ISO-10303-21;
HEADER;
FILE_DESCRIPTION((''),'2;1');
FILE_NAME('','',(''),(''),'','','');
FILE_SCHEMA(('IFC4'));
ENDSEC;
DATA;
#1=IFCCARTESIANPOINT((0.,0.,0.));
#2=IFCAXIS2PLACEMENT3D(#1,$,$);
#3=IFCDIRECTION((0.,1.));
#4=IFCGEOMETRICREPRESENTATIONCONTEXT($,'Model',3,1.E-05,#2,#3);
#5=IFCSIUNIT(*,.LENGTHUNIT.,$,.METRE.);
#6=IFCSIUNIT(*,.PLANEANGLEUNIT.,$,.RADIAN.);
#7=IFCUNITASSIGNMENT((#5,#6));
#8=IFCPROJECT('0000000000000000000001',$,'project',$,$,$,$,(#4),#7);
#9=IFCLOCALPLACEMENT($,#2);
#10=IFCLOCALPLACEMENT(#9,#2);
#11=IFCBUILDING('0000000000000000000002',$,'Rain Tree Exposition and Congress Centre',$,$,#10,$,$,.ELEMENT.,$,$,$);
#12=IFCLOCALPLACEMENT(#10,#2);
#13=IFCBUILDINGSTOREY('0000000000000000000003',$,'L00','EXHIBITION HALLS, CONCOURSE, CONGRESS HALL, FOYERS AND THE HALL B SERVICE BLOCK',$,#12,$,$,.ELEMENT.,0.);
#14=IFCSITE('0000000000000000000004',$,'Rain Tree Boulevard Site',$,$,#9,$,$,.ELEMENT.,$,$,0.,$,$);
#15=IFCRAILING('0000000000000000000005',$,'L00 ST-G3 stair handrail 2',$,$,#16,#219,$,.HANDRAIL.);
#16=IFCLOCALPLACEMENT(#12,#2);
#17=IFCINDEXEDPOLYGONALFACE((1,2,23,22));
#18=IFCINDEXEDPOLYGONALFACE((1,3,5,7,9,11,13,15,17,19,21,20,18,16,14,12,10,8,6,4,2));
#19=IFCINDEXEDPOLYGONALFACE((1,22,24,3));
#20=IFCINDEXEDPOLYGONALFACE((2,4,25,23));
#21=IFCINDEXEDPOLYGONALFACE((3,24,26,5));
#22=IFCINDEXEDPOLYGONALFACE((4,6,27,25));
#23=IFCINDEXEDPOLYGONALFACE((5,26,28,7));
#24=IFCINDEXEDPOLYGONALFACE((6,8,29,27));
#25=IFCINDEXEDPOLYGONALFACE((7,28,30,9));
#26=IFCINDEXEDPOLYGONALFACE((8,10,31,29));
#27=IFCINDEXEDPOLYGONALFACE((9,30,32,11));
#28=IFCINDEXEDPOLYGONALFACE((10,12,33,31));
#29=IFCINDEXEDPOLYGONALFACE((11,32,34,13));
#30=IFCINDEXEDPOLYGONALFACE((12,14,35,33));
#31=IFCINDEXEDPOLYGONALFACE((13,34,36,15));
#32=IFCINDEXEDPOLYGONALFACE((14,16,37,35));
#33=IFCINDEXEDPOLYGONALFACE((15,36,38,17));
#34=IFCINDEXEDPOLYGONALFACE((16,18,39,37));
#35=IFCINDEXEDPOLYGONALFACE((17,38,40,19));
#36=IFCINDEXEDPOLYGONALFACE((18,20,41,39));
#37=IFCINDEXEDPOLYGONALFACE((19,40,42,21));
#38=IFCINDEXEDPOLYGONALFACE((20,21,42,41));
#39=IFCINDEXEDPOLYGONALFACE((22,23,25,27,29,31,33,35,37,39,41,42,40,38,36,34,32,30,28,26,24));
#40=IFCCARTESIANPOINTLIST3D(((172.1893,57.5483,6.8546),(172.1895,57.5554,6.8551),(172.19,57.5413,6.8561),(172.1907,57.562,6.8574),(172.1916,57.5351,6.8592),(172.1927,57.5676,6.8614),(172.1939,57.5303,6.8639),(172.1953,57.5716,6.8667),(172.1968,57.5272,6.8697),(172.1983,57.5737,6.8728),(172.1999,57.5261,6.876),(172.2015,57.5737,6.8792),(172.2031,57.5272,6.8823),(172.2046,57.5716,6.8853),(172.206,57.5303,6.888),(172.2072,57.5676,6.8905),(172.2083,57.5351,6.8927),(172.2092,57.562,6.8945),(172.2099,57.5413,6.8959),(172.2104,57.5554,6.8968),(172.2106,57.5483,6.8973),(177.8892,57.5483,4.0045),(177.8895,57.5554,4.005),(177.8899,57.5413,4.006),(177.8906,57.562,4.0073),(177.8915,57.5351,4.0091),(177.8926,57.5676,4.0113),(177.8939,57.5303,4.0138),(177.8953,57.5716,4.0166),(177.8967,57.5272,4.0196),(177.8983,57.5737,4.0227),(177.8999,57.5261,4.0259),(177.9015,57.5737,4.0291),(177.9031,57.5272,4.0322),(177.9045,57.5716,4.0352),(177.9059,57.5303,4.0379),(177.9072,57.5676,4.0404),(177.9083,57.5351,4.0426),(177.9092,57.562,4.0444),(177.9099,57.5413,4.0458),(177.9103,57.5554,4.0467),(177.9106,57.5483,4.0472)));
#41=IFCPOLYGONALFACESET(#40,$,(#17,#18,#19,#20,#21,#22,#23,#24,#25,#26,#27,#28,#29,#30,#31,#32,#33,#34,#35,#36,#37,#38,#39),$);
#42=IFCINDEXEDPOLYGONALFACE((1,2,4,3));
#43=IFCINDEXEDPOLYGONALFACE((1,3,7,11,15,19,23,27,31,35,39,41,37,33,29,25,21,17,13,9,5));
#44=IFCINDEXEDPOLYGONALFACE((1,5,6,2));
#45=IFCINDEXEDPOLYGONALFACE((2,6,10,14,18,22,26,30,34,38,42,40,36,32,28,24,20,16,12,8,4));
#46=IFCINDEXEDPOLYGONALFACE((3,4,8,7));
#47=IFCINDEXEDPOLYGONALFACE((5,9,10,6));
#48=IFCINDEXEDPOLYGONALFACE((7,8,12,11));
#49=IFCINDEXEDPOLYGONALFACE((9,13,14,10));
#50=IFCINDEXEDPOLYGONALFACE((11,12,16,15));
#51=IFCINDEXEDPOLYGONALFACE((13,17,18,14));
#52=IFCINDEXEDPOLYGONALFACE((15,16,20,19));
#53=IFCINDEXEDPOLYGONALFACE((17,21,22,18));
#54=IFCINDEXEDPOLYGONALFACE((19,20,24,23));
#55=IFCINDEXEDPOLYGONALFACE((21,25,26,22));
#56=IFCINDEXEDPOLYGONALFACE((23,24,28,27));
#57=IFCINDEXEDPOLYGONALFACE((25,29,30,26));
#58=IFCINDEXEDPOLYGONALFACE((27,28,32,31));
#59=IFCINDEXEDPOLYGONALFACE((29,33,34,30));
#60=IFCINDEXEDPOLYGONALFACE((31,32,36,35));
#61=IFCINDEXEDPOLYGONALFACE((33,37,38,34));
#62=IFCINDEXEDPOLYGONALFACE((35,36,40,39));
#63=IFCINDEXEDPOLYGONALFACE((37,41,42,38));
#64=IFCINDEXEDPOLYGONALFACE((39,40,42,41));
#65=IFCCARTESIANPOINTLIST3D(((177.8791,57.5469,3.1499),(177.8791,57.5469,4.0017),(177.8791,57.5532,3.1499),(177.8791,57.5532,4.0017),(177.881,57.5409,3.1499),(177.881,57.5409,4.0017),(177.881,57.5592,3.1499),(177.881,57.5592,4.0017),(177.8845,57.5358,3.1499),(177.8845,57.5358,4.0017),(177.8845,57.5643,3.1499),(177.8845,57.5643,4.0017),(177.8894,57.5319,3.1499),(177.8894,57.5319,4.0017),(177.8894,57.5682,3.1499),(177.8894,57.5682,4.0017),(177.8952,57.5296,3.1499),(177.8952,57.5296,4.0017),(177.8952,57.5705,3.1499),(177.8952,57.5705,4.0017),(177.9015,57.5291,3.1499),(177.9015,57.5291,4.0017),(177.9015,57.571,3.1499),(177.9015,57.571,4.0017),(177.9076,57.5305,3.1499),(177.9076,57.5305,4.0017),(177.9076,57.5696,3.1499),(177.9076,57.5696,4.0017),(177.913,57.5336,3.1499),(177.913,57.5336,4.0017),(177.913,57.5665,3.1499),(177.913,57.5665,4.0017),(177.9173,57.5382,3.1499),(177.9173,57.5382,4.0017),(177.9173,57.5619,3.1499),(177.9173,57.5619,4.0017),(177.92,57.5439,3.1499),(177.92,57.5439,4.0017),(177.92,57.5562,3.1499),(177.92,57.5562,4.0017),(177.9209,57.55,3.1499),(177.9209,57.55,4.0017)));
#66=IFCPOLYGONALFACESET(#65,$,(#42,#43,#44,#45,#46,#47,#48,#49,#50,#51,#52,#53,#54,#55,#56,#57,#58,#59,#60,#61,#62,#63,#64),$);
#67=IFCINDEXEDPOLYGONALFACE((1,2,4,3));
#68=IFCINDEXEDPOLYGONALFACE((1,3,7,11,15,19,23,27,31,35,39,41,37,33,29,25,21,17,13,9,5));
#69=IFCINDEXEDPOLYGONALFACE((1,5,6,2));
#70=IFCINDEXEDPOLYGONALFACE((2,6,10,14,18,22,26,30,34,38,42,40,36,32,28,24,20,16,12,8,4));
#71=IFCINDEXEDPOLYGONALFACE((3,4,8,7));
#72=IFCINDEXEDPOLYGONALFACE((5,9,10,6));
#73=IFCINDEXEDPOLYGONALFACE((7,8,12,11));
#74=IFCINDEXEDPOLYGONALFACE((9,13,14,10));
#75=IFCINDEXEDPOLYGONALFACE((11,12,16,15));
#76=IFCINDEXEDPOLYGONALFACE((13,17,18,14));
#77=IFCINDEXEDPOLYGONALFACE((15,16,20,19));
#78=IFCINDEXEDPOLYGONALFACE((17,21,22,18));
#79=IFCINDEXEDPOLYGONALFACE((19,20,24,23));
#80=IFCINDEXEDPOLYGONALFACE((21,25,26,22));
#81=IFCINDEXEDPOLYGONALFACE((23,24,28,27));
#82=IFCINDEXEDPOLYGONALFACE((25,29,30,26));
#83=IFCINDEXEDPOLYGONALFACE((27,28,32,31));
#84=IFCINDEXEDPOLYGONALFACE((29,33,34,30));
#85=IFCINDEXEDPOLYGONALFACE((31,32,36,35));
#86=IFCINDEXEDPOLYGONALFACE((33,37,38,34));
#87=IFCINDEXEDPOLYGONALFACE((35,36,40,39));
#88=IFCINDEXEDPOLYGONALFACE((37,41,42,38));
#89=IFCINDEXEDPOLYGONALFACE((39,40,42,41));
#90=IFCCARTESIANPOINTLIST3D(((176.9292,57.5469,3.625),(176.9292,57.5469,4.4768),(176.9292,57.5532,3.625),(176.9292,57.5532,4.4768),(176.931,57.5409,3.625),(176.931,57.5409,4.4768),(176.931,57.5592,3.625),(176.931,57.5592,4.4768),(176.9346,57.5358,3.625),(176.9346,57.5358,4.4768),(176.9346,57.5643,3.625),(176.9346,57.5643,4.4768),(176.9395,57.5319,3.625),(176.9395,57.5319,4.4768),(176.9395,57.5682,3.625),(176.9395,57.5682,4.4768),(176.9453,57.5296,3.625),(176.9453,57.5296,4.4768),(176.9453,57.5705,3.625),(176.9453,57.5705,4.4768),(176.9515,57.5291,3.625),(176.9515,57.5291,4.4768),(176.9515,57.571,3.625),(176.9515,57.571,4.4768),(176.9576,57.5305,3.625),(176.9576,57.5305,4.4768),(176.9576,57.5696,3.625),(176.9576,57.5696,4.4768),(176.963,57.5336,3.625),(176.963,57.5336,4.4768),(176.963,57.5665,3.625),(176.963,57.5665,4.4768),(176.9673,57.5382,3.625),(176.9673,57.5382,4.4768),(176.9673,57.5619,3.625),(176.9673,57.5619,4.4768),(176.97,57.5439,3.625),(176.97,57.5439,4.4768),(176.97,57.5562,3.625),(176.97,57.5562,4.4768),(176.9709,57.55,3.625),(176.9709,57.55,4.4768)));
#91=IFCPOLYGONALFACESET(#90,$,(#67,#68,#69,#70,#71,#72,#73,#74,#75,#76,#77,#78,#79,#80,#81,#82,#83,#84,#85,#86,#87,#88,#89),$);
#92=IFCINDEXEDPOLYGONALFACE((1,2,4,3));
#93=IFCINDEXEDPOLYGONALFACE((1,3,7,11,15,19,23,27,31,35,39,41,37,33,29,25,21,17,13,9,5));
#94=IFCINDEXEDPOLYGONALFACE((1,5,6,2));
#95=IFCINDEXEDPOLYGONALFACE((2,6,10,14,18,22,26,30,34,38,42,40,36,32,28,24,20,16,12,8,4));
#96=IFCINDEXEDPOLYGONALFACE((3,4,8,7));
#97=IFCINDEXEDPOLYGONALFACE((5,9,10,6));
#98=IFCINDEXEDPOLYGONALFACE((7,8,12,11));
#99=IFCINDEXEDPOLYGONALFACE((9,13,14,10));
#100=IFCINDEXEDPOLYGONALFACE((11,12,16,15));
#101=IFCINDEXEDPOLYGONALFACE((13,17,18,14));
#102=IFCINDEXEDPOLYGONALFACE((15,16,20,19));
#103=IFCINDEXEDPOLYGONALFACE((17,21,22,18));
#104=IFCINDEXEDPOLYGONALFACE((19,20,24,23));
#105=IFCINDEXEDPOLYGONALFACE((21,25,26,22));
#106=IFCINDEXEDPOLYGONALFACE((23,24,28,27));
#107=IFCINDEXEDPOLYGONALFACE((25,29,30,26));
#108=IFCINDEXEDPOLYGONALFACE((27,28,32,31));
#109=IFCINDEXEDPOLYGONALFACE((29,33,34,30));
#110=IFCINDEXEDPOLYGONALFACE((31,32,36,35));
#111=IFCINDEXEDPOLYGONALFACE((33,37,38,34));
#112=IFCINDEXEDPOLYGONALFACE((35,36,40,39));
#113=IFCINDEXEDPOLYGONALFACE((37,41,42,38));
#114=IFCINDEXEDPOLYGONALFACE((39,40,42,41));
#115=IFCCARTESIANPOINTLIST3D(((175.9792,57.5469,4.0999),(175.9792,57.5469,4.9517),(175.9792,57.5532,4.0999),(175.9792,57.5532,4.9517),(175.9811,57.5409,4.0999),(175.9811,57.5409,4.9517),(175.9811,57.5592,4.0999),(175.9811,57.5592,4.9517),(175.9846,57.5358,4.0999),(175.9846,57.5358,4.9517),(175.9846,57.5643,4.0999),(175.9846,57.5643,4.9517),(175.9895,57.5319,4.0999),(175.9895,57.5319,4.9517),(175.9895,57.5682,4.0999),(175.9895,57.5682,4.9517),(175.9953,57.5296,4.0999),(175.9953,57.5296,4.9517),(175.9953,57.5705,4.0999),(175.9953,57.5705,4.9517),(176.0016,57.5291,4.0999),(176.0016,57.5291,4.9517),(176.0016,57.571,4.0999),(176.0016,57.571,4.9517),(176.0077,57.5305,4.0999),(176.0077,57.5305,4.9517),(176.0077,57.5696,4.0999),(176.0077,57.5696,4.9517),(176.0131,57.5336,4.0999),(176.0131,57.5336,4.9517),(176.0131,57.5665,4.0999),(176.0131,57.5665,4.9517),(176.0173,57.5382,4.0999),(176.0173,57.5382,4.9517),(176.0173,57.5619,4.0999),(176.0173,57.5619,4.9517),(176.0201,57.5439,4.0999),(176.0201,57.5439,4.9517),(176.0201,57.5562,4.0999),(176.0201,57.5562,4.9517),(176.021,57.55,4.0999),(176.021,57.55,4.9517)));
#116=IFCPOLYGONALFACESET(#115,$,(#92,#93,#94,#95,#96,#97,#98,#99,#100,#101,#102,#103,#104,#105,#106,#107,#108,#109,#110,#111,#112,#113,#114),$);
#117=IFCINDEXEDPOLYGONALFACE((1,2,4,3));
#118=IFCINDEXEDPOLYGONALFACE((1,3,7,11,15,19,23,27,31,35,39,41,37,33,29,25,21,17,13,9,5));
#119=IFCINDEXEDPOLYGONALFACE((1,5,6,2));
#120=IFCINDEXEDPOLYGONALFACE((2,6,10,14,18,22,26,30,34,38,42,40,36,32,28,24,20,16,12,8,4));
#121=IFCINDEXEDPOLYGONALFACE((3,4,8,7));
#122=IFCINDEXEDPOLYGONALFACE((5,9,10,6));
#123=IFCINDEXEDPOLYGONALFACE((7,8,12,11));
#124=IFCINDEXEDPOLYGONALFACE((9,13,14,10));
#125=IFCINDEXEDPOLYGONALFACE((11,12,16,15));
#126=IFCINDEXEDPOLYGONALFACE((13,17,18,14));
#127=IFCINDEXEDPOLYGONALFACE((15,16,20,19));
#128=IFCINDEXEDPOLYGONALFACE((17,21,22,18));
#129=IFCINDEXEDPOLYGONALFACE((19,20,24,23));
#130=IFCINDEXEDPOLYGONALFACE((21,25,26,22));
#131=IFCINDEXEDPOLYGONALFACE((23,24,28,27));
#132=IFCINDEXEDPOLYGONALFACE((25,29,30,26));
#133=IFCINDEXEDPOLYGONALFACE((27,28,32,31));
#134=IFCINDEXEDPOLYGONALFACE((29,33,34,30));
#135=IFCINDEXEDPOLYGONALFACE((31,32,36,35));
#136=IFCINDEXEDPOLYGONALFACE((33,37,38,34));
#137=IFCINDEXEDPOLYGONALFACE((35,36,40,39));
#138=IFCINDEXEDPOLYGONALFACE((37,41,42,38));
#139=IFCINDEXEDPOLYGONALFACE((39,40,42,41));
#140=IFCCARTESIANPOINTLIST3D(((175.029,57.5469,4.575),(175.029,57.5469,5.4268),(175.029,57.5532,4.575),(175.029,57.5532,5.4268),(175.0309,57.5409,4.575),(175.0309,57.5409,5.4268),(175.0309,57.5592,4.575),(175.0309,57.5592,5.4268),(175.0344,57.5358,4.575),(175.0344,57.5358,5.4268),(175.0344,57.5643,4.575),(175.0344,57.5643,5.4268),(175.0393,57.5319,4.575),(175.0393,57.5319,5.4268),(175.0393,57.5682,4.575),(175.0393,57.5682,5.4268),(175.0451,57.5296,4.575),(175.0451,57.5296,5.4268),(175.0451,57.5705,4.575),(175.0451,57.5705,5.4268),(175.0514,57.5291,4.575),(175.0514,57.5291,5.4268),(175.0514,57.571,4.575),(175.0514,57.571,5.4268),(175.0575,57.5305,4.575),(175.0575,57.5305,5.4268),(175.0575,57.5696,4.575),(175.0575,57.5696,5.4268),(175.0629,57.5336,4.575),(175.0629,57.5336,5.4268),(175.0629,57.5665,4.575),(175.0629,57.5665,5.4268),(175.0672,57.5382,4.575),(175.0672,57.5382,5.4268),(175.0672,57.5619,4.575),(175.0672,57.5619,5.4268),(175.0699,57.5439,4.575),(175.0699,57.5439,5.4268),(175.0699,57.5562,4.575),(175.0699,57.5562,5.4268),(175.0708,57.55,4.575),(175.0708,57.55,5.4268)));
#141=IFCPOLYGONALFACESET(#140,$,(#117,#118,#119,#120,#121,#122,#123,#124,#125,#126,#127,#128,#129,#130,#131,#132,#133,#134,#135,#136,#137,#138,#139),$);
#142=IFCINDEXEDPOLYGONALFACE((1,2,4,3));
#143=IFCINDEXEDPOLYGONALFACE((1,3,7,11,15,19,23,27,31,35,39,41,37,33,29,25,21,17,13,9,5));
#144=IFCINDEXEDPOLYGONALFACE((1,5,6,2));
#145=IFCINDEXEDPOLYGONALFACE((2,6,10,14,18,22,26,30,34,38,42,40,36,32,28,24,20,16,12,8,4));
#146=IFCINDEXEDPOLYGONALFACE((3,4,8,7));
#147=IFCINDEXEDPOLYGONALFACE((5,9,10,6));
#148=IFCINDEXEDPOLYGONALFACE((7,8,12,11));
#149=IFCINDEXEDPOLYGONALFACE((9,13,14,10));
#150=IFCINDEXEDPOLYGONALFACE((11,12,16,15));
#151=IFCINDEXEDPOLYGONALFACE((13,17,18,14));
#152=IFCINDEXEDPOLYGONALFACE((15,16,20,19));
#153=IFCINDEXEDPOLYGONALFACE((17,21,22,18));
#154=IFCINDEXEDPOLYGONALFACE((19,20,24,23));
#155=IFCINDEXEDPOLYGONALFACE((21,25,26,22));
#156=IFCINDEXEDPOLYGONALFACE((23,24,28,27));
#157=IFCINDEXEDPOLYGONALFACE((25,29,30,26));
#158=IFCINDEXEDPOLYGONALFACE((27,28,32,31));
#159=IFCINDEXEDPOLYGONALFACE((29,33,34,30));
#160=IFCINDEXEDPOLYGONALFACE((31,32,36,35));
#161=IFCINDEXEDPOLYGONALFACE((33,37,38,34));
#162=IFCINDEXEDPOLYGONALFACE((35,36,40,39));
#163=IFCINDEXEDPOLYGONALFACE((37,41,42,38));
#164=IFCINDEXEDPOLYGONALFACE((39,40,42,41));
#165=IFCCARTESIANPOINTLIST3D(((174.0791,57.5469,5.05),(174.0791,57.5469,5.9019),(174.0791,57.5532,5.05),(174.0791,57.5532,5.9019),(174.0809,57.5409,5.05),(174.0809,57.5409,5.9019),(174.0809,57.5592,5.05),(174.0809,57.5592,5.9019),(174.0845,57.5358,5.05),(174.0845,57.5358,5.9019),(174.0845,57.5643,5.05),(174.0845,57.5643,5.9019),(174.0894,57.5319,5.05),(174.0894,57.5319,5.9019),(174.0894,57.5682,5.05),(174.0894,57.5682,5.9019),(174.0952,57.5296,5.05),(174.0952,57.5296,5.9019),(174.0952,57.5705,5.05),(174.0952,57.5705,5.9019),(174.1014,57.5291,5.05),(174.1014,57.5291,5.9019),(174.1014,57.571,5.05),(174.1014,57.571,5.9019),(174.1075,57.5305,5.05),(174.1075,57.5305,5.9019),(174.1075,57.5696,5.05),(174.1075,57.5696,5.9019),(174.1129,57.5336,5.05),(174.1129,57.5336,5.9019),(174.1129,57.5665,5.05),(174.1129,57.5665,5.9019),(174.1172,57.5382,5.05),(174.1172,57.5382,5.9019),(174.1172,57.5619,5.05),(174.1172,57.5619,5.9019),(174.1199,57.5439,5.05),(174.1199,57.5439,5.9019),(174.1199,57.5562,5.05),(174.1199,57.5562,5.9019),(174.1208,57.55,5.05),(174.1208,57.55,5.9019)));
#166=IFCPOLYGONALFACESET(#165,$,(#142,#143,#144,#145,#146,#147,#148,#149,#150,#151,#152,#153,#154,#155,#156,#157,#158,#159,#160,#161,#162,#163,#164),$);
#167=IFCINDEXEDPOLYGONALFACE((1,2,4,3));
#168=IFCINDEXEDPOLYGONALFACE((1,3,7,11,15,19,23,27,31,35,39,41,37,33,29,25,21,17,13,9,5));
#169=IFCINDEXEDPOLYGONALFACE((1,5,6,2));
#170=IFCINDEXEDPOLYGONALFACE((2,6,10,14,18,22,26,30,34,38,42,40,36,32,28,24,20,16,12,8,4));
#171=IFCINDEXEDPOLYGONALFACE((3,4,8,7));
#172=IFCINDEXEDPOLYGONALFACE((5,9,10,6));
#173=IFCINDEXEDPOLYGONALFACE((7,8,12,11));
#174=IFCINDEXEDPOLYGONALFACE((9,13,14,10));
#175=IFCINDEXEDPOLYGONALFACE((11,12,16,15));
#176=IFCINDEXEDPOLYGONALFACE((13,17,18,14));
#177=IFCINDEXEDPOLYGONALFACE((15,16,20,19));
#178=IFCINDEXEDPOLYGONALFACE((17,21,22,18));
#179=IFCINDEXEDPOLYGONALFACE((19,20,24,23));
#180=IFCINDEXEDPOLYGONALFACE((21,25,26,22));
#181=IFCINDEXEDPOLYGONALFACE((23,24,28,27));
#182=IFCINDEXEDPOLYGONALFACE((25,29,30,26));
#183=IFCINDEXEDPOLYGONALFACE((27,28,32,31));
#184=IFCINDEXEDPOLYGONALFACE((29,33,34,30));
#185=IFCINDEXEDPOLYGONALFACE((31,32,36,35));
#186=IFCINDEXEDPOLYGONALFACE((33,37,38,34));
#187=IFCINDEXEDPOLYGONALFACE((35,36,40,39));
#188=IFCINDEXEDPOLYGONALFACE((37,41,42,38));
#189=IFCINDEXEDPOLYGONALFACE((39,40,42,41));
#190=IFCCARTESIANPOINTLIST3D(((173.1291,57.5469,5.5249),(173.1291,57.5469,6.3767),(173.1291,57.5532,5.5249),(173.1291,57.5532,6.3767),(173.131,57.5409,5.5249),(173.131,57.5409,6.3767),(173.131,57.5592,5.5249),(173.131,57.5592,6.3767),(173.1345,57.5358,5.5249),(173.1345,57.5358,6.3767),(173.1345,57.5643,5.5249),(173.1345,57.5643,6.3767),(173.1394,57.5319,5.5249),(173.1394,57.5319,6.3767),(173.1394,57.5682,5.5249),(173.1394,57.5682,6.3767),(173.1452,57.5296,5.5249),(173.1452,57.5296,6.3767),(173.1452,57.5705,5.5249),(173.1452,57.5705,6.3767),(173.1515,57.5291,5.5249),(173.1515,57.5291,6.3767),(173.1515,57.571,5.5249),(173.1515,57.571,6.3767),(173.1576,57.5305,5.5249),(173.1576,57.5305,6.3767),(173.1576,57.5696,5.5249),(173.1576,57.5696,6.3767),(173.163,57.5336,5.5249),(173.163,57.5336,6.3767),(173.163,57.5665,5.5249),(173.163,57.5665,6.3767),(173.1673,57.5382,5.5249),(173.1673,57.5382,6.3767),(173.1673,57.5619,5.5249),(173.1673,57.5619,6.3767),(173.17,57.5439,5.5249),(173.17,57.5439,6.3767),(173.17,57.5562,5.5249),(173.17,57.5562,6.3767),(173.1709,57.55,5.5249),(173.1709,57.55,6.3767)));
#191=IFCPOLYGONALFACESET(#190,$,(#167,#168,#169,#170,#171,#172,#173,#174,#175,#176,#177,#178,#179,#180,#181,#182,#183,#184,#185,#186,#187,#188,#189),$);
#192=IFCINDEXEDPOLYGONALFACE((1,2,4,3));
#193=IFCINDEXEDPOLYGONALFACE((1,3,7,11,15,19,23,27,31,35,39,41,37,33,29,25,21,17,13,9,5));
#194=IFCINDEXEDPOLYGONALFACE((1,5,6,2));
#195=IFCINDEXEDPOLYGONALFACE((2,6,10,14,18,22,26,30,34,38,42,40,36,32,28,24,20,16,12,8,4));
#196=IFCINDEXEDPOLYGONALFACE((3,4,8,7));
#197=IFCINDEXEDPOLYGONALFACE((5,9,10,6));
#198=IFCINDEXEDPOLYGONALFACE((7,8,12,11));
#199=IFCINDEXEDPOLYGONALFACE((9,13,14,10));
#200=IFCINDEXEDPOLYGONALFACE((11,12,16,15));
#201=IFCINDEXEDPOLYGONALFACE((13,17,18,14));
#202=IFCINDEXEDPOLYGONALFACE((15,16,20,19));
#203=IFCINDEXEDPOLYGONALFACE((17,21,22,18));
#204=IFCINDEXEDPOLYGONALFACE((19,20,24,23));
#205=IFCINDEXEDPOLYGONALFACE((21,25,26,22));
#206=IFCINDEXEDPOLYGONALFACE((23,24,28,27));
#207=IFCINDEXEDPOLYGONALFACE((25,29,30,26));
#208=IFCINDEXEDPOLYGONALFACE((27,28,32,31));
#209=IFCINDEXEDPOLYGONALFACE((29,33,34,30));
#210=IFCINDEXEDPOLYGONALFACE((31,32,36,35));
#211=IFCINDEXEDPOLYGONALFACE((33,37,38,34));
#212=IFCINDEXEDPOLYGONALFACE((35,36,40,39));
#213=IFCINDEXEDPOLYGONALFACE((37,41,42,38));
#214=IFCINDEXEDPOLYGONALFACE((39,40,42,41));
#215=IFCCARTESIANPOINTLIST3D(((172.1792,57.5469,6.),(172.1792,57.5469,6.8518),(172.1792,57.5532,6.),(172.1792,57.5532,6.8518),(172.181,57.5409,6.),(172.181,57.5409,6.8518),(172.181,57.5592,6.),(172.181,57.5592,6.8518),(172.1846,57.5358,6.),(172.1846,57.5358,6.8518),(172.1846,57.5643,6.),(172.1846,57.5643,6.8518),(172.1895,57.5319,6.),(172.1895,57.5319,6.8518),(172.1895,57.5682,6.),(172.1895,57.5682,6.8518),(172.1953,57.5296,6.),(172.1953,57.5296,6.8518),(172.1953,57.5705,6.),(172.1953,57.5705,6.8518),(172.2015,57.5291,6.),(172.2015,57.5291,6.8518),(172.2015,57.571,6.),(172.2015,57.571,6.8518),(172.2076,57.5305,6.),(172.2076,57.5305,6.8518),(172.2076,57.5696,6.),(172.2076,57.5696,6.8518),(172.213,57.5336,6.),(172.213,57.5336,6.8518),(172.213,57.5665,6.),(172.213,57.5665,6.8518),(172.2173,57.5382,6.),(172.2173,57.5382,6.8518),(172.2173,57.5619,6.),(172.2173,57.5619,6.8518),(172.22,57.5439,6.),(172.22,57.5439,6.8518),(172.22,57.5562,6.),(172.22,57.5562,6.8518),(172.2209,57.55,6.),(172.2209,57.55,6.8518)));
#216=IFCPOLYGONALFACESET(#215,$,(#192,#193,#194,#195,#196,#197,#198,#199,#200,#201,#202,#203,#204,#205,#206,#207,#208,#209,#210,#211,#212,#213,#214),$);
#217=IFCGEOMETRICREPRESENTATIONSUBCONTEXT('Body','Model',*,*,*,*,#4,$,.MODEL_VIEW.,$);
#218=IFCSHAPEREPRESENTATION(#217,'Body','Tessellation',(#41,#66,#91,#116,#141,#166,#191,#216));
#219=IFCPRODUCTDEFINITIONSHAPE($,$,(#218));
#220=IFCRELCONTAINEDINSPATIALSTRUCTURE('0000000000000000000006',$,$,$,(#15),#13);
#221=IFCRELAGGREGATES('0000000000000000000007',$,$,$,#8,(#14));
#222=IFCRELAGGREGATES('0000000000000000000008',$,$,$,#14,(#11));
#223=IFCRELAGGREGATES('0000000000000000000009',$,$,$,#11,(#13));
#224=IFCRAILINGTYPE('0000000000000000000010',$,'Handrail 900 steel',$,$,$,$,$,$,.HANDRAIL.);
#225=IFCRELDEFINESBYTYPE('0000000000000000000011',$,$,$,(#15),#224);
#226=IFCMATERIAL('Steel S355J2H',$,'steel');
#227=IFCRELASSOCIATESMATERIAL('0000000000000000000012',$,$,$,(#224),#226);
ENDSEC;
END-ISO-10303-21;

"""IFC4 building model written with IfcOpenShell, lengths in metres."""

from ifc_helpers import new_model, si_unit, direction, frame, origin, origin_2d, place, context, subcontext, project, spatial, circle, extrude, material, type_object, element, save


model = new_model("IFC4")

# Units and contexts
model_context = context("Model", 3, precision=1e-05, world=origin(), true_north=direction((0.0, 1.0)))
body_context = subcontext(model_context, "Body", "Model", "MODEL_VIEW")
ifc_project = project(units=[si_unit("LENGTHUNIT", "METRE"), si_unit("PLANEANGLEUNIT", "RADIAN")], contexts=[model_context])

# Site, building, storey
site_placement = place(None, origin())
site = spatial("IfcSite", under=ifc_project, at=site_placement, Name="Rain Tree Boulevard Site", CompositionType="ELEMENT", RefElevation=0.0)
building_placement = place(site_placement, origin())
building = spatial("IfcBuilding", under=site, at=building_placement, Name="Rain Tree Exposition and Congress Centre", CompositionType="ELEMENT")
storey_placement = place(building_placement, origin())
storey = spatial("IfcBuildingStorey", under=building, at=storey_placement, Name="L00", Description="EXHIBITION HALLS, CONCOURSE, CONGRESS HALL, FOYERS AND THE HALL B SERVICE BLOCK", CompositionType="ELEMENT", Elevation=0.0)

# Railing
ifc_material_1 = material(Name="Steel S355J2H", Category="steel")
railing_type_1 = type_object("IfcRailingType", Name="Handrail 900 steel", PredefinedType="HANDRAIL", material=ifc_material_1)
for number, where, name in (
    (1, (177.8999, 57.55, 3.1499), "L00 ST-G3 stair handrail 2"),
):
    element("IfcRailing", number, at=place(storey_placement, frame(where)), inside=storey, type_object=railing_type_1, Name=name, PredefinedType="HANDRAIL", context=body_context, shape_type="SweptSolid", body=[
        extrude(circle(Radius=0.0239, at=origin_2d()), frame((0.0, 0.0, 0.876), z_axis=(-0.89442, 0.0, 0.447229), x_axis=(0.0, -1.0, 0.0)), (0.0, 0.0, 1.0), 6.3728),
        extrude(circle(Radius=0.021, at=origin_2d()), origin(), (0.0, 0.0, 1.0), 0.8518),
        extrude(circle(Radius=0.021, at=origin_2d()), frame((-0.95, 0.0, 0.4751)), (0.0, 0.0, 1.0), 0.8518),
        extrude(circle(Radius=0.021, at=origin_2d()), frame((-1.8999, 0.0, 0.95)), (0.0, 0.0, 1.0), 0.8518),
        extrude(circle(Radius=0.021, at=origin_2d()), frame((-2.8501, 0.0, 1.425)), (0.0, 0.0, 1.0), 0.8518),
        extrude(circle(Radius=0.021, at=origin_2d()), frame((-3.8, 0.0, 1.9001)), (0.0, 0.0, 1.0), 0.8518),
        extrude(circle(Radius=0.021, at=origin_2d()), frame((-4.75, 0.0, 2.375)), (0.0, 0.0, 1.0), 0.8518),
        extrude(circle(Radius=0.021, at=origin_2d()), frame((-5.7, 0.0, 2.8501)), (0.0, 0.0, 1.0), 0.8518),
    ])

save(model, "model.ifc")
